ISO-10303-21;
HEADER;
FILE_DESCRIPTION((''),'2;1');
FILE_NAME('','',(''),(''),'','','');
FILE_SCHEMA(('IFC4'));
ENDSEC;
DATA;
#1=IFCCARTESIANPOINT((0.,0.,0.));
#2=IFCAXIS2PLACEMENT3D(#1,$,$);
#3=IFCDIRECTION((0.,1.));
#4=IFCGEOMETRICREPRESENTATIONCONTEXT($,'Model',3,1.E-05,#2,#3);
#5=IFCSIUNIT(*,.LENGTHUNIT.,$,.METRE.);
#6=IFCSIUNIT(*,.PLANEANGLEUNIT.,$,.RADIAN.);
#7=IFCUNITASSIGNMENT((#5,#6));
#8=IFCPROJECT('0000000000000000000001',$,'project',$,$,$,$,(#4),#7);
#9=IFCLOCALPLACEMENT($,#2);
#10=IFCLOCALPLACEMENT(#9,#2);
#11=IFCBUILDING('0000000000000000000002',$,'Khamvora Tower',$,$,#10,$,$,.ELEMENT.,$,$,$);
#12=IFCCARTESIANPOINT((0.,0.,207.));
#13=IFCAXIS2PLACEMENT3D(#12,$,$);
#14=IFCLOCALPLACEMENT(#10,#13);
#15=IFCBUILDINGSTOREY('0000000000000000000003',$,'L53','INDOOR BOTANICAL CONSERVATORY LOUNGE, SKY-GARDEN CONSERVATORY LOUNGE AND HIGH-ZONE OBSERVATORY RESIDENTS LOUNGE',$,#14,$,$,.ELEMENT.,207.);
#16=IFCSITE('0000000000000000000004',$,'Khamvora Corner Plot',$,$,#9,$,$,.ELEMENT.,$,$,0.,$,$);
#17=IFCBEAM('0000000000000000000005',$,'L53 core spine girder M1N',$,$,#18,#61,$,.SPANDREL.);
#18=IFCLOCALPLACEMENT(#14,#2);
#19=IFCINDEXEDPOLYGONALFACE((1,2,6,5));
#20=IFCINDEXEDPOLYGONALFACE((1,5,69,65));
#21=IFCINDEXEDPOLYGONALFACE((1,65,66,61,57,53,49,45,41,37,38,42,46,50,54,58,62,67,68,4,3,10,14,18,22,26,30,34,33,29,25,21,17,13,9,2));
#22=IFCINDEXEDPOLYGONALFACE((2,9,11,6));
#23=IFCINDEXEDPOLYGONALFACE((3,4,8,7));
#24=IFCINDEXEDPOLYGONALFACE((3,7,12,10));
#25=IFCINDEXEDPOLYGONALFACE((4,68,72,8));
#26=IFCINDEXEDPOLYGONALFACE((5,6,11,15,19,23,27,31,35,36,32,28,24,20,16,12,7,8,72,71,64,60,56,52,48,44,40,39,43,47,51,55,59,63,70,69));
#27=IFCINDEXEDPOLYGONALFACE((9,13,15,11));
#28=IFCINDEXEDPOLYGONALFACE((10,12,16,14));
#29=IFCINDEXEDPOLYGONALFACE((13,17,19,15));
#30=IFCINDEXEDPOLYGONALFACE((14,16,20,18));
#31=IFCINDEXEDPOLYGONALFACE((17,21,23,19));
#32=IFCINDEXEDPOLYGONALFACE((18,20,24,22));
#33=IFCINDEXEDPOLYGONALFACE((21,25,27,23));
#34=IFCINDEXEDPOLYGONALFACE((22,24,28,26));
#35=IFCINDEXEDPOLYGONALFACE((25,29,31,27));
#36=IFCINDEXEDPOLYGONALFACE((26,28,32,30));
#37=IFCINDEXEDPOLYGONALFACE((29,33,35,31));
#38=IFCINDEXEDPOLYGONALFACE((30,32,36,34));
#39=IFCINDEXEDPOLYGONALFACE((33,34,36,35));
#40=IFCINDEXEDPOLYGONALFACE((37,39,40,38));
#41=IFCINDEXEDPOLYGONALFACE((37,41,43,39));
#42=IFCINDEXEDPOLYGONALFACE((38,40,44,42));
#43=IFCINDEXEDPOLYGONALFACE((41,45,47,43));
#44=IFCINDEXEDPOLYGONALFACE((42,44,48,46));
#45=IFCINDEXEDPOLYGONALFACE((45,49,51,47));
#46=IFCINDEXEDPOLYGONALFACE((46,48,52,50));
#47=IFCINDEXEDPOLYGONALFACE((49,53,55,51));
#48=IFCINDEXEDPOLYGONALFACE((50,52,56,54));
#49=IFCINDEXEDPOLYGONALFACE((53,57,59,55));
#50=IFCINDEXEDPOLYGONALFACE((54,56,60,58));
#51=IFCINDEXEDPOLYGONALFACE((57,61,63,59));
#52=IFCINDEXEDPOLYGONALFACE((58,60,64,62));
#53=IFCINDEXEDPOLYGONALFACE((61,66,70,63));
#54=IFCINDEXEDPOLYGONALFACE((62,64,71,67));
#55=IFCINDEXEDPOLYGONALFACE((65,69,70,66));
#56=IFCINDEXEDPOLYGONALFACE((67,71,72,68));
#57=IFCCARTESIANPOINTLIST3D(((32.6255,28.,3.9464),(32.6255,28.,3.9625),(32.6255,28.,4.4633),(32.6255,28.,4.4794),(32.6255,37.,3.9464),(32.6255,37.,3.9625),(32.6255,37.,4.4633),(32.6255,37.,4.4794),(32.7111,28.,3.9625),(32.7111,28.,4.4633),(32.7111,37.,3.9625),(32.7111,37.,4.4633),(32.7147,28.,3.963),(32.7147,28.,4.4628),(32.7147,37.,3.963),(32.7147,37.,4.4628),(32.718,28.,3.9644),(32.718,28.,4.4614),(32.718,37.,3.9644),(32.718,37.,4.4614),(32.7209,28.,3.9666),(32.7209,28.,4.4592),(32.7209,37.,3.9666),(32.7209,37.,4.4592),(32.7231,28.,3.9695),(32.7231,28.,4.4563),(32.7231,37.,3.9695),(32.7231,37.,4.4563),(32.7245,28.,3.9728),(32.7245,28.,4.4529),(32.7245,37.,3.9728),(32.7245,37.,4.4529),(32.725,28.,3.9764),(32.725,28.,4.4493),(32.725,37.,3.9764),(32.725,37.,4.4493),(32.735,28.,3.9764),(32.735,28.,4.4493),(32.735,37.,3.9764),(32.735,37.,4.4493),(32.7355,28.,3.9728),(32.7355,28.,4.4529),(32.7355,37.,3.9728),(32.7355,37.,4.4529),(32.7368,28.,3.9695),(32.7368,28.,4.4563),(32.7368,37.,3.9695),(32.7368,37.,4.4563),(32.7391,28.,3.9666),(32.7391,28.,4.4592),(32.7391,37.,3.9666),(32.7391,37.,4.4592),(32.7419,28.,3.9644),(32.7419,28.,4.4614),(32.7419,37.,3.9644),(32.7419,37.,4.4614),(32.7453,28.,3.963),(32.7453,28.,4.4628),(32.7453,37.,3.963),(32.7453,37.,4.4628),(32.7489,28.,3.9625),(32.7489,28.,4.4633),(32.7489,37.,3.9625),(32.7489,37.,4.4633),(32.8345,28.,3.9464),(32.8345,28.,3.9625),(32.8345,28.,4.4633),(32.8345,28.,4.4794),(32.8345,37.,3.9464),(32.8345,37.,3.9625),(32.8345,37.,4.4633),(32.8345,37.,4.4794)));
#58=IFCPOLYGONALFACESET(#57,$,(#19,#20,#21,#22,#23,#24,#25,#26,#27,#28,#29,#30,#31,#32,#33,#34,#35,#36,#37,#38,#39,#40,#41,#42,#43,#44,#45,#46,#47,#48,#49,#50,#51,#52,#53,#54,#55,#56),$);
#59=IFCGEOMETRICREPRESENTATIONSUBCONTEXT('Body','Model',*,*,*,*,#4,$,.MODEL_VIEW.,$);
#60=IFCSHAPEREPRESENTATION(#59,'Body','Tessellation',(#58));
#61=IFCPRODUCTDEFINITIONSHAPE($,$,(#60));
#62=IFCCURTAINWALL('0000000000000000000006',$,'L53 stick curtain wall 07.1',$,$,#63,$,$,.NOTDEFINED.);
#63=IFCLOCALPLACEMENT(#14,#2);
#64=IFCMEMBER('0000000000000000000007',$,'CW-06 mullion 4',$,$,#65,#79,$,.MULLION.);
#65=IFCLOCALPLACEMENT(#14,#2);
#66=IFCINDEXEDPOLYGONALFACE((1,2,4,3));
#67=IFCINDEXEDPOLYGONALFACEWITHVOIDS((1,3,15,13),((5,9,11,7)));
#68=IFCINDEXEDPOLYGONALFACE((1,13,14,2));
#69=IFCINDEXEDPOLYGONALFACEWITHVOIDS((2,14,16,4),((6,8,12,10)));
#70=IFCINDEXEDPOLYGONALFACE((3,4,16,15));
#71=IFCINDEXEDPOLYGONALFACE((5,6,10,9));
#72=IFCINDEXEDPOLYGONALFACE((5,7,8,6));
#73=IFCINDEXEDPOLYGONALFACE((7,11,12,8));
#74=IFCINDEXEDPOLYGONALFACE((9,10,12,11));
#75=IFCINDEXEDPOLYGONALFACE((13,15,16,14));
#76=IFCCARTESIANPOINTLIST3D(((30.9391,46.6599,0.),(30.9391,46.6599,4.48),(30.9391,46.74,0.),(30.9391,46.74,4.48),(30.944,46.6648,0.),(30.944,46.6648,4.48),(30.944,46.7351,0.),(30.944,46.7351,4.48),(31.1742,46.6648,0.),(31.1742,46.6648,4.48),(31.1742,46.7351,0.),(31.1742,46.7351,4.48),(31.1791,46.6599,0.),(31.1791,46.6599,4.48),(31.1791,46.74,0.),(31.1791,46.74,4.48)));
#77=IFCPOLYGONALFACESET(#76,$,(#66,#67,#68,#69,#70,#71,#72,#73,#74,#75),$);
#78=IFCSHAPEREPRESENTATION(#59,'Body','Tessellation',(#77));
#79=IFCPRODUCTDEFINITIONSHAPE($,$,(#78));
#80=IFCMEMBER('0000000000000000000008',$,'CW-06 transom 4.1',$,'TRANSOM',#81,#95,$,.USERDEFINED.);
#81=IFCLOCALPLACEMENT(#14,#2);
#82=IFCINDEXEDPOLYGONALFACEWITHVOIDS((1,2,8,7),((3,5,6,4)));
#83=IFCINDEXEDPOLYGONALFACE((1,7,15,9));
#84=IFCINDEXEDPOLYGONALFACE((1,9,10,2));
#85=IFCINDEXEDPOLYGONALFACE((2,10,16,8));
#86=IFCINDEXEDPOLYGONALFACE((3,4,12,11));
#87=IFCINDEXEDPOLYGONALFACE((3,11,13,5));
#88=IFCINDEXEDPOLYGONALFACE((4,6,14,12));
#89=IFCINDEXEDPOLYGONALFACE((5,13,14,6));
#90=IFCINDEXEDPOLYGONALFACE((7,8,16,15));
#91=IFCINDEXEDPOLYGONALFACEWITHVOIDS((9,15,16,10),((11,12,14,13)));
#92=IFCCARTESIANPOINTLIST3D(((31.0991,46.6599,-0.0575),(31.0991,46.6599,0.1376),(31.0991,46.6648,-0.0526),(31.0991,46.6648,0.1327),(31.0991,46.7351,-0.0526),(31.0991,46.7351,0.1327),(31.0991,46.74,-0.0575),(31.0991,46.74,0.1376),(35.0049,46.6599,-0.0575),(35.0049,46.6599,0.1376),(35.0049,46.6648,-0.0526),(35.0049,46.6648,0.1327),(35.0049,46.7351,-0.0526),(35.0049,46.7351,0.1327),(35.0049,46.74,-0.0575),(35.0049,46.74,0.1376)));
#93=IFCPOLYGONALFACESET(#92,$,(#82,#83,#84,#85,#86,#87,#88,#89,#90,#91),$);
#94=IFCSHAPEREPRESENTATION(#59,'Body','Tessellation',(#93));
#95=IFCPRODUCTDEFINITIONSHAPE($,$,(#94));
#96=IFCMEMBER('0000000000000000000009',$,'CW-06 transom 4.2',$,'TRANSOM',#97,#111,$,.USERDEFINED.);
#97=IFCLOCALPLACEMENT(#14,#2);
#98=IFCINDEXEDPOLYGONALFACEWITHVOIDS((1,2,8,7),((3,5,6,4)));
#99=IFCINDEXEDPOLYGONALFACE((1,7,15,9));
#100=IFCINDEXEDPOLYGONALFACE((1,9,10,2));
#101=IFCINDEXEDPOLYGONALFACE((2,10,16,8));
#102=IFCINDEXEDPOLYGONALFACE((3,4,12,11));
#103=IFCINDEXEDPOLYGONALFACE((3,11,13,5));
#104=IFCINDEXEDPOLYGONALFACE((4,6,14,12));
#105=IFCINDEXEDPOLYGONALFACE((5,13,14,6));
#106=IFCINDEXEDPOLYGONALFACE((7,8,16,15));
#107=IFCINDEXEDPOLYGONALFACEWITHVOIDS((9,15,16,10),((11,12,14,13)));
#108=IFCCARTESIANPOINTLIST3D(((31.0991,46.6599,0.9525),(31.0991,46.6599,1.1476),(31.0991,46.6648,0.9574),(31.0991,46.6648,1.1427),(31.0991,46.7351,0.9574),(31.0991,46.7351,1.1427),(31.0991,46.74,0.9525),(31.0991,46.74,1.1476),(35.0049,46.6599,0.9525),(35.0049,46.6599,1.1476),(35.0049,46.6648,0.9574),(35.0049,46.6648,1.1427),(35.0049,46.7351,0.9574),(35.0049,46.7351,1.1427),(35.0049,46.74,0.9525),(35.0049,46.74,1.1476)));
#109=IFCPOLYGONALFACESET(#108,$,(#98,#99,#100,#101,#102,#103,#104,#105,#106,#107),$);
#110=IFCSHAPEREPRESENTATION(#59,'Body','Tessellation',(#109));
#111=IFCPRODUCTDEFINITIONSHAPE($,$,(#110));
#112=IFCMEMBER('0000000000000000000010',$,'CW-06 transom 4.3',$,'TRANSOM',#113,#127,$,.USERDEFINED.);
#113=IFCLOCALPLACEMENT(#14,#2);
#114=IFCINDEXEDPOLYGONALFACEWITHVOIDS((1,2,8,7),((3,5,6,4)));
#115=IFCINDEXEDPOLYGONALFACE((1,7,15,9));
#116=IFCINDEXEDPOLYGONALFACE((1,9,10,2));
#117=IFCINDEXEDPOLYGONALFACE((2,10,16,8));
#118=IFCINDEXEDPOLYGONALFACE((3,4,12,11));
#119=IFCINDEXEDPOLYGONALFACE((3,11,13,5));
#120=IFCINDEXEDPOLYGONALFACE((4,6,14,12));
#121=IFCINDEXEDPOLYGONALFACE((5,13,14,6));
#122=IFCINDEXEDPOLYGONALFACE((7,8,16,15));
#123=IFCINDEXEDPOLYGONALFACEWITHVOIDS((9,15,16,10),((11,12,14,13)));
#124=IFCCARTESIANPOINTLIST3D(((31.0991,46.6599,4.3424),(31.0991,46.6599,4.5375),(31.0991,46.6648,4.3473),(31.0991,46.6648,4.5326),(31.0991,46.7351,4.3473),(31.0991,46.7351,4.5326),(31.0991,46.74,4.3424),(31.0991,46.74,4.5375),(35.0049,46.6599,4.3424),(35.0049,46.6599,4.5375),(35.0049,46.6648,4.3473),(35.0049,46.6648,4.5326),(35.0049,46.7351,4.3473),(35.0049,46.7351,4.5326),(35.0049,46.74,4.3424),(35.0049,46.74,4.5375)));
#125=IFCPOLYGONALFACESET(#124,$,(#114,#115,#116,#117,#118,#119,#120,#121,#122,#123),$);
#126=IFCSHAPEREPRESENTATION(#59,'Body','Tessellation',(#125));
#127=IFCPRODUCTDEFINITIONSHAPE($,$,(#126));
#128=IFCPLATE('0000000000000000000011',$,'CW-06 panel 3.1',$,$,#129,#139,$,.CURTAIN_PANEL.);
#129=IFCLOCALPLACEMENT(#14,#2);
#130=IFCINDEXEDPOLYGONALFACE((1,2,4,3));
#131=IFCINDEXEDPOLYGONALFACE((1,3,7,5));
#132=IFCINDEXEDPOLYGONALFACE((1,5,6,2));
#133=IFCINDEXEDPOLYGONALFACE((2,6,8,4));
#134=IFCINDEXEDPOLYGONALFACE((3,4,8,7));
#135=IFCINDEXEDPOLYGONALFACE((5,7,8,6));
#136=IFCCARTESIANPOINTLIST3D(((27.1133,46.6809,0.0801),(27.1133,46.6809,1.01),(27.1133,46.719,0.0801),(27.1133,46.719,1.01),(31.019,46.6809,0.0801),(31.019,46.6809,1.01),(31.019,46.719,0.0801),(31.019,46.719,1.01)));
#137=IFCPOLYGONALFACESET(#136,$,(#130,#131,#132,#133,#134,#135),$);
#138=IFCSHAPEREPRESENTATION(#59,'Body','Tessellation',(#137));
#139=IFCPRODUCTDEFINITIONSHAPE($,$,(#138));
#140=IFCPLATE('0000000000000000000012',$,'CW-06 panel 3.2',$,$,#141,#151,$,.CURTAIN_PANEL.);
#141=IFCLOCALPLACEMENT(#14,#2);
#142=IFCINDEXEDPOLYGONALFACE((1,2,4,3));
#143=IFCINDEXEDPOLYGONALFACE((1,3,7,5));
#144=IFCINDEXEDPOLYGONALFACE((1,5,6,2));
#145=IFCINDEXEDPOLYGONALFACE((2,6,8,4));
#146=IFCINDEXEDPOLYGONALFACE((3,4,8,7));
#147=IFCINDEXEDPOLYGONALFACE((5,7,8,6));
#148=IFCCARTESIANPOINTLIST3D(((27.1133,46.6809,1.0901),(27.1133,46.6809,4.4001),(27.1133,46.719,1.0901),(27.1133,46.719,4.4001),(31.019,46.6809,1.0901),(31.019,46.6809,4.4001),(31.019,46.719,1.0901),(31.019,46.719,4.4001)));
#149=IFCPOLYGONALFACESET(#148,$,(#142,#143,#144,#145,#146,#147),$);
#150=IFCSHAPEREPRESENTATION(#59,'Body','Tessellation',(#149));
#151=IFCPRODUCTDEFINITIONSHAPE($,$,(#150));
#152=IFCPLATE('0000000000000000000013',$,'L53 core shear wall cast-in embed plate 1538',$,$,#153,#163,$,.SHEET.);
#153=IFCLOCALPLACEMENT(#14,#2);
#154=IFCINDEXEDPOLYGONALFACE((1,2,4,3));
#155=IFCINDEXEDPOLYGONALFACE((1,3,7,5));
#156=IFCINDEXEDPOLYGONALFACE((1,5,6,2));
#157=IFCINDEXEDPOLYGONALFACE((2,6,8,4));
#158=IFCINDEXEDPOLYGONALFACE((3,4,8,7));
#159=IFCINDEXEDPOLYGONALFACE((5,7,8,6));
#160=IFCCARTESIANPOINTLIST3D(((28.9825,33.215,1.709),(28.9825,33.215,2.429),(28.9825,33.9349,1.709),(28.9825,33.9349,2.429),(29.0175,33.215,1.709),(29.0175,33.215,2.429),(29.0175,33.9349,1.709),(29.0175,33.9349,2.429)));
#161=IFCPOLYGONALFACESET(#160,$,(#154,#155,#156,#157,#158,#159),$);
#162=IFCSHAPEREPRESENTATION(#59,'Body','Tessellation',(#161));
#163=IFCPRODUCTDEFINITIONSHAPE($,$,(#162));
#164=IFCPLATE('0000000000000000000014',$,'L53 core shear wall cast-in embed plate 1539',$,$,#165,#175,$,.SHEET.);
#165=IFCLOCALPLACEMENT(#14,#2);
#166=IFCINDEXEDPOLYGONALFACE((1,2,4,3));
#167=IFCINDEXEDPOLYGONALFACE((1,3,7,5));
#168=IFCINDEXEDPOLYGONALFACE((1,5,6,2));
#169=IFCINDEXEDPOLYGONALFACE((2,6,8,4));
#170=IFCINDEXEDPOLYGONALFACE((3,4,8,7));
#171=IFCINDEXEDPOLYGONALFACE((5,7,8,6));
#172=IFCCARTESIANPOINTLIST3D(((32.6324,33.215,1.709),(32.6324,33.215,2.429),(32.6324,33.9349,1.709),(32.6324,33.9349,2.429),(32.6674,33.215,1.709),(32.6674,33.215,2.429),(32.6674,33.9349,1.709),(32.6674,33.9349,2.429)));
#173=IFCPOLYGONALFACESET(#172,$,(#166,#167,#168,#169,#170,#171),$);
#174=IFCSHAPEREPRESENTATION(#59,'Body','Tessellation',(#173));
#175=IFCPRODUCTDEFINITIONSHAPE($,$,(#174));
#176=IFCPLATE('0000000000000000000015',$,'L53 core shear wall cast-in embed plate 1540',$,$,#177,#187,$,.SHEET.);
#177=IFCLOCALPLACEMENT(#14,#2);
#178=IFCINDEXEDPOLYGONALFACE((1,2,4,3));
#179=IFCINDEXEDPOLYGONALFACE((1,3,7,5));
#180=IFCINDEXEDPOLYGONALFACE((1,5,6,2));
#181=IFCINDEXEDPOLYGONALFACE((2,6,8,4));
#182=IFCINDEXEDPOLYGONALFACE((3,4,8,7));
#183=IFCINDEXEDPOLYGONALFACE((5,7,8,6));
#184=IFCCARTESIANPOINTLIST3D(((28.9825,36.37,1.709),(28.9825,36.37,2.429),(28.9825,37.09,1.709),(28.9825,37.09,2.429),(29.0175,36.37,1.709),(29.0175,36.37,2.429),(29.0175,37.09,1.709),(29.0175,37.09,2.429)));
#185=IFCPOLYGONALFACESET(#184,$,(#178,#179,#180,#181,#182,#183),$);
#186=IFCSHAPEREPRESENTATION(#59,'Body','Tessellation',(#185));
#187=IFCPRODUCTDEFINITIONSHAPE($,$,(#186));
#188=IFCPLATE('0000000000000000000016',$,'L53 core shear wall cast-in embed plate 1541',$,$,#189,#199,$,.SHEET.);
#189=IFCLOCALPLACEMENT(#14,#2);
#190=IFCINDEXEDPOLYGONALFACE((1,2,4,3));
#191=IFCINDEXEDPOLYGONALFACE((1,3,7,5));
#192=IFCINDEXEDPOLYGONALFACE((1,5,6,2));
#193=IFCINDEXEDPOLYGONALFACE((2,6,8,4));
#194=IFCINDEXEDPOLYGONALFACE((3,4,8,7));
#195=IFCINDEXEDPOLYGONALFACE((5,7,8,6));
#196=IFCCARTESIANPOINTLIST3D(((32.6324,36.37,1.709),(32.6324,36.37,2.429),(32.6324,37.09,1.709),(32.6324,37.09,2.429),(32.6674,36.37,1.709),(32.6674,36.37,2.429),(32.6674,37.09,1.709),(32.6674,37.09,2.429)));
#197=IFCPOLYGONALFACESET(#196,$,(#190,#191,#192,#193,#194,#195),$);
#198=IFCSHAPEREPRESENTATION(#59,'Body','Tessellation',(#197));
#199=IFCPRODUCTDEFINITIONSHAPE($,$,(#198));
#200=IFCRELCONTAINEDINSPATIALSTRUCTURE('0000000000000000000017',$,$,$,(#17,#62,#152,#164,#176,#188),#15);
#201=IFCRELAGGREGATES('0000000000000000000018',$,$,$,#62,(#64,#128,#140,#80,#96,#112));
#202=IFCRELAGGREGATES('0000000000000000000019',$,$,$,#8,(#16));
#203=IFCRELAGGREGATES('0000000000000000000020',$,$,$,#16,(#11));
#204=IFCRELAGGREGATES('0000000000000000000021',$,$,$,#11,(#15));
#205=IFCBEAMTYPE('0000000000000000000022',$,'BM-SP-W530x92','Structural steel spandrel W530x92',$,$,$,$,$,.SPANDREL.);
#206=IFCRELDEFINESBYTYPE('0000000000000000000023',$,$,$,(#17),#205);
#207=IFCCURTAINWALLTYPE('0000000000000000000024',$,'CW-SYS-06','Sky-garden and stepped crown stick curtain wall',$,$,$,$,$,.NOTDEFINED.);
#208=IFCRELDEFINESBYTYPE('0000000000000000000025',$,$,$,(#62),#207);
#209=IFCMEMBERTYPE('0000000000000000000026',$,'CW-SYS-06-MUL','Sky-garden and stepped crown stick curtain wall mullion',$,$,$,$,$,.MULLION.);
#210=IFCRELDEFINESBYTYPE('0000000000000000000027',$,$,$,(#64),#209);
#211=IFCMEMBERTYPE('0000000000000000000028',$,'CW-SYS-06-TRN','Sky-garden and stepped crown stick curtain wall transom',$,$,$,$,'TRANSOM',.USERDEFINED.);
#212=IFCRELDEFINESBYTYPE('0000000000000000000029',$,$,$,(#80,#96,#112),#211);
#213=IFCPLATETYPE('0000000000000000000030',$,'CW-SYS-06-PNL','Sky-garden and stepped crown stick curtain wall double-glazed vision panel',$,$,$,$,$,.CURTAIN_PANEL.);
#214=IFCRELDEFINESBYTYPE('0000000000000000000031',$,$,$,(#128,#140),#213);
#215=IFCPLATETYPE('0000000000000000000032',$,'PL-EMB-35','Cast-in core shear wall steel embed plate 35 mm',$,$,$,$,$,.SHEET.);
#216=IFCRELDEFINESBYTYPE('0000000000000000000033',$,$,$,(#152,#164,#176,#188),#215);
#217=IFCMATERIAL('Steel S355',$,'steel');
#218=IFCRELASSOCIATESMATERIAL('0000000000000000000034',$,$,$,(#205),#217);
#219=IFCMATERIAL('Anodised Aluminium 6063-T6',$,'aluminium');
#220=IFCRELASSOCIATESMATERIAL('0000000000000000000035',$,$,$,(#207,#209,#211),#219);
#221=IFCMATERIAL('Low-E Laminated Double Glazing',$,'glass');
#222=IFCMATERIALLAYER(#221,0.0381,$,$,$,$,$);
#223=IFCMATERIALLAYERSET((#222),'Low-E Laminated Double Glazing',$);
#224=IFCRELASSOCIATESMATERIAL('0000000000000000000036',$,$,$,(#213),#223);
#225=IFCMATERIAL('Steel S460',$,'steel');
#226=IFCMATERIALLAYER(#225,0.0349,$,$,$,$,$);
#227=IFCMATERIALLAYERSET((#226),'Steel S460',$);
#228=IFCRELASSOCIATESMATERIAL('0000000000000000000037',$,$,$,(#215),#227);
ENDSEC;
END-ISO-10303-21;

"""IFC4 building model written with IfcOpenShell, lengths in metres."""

from ifc_helpers import new_model, si_unit, direction, frame, origin, origin_2d, place, context, subcontext, project, spatial, rectangle, hollow_rectangle, i_section, extrude, material, layer, layer_set, material_profile, profile_set, type_object, element, aggregate, save


model = new_model("IFC4")

# Units and contexts
model_context = context("Model", 3, precision=1e-05, world=origin(), true_north=direction((0.0, 1.0)))
body_context = subcontext(model_context, "Body", "Model", "MODEL_VIEW")
ifc_project = project(units=[si_unit("LENGTHUNIT", "METRE"), si_unit("PLANEANGLEUNIT", "RADIAN")], contexts=[model_context])

# Site, building, storey
site_placement = place(None, origin())
site = spatial("IfcSite", under=ifc_project, at=site_placement, Name="Khamvora Corner Plot", CompositionType="ELEMENT", RefElevation=0.0)
building_placement = place(site_placement, origin())
building = spatial("IfcBuilding", under=site, at=building_placement, Name="Khamvora Tower", CompositionType="ELEMENT")
storey_placement = place(building_placement, frame((0.0, 0.0, 207.0)))
storey = spatial("IfcBuildingStorey", under=building, at=storey_placement, Name="L53", Description="INDOOR BOTANICAL CONSERVATORY LOUNGE, SKY-GARDEN CONSERVATORY LOUNGE AND HIGH-ZONE OBSERVATORY RESIDENTS LOUNGE", CompositionType="ELEMENT", Elevation=207.0)

# Shared definitions
ifc_material_1 = material(Name="Steel S460", Category="steel")

# Beam
ifc_material_2 = material(Name="Steel S355", Category="steel")
ifc_material_profile_1 = material_profile(ifc_material_2, i_section(OverallWidth=0.209, OverallDepth=0.533, WebThickness=0.01, FlangeThickness=0.0161, FilletRadius=0.0139, at=origin_2d()), Name="W530x92")
ifc_profile_set_1 = profile_set([ifc_material_profile_1], Name="Steel S355")
beam_type_1 = type_object("IfcBeamType", Name="BM-SP-W530x92", Description="Structural steel spandrel W530x92", PredefinedType="SPANDREL", material=ifc_profile_set_1)
beam_1_placement = place(storey_placement, frame((32.73, 28.0, 4.2129), z_axis=(0.0, 1.0, 0.0), x_axis=(-1.0, 0.0, 0.0)))
element("IfcBeam", 1, at=beam_1_placement, inside=storey, type_object=beam_type_1, Name="L53 core spine girder M1N", PredefinedType="SPANDREL", context=body_context, shape_type="SweptSolid", body=[
    extrude(i_section(OverallWidth=0.209, OverallDepth=0.533, WebThickness=0.01, FlangeThickness=0.0161, FilletRadius=0.0139, at=origin_2d()), origin(), (0.0, 0.0, 1.0), 9.0),
])

# Curtain wall, members, plates
ifc_material_3 = material(Name="Anodised Aluminium 6063-T6", Category="aluminium")
curtain_wall_type = type_object("IfcCurtainWallType", Name="CW-SYS-06", Description="Sky-garden and stepped crown stick curtain wall", PredefinedType="NOTDEFINED", material=ifc_material_3)
curtain_wall_placement = place(storey_placement, origin())
curtain_wall = element("IfcCurtainWall", 2, at=curtain_wall_placement, inside=storey, type_object=curtain_wall_type, Name="L53 stick curtain wall 07.1", PredefinedType="NOTDEFINED")
ifc_material_profile_2 = material_profile(ifc_material_3, hollow_rectangle(XDim=0.0801, YDim=0.24, WallThickness=0.0049, at=origin_2d()), Name="MUL80x240x5")
ifc_profile_set_2 = profile_set([ifc_material_profile_2], Name="Anodised Aluminium 6063-T6")
member_type_1 = type_object("IfcMemberType", Name="CW-SYS-06-MUL", Description="Sky-garden and stepped crown stick curtain wall mullion", PredefinedType="MULLION", material=ifc_profile_set_2)
member_1_placement = place(storey_placement, frame((31.0591, 46.7, 0.0), z_axis=(0.0, 0.0, 1.0), x_axis=(0.0, 1.0, 0.0)))
member_1 = element("IfcMember", 3, at=member_1_placement, type_object=member_type_1, Name="CW-06 mullion 4", PredefinedType="MULLION", context=body_context, shape_type="SweptSolid", body=[
    extrude(hollow_rectangle(XDim=0.0801, YDim=0.24, WallThickness=0.0049, at=origin_2d()), origin(), (0.0, 0.0, 1.0), 4.48),
])
ifc_material_profile_3 = material_profile(ifc_material_3, hollow_rectangle(XDim=0.0801, YDim=0.1951, WallThickness=0.0049, at=origin_2d()), Name="TRN80x195x5")
ifc_profile_set_3 = profile_set([ifc_material_profile_3], Name="Anodised Aluminium 6063-T6")
member_type_2 = type_object("IfcMemberType", Name="CW-SYS-06-TRN", Description="Sky-garden and stepped crown stick curtain wall transom", ElementType="TRANSOM", PredefinedType="USERDEFINED", material=ifc_profile_set_3)
member_2_placement = place(storey_placement, frame((31.0991, 46.7, 0.04), z_axis=(1.0, 0.0, 0.0), x_axis=(0.0, 1.0, 0.0)))
member_2 = element("IfcMember", 4, at=member_2_placement, type_object=member_type_2, Name="CW-06 transom 4.1", ObjectType="TRANSOM", PredefinedType="USERDEFINED", context=body_context, shape_type="SweptSolid", body=[
    extrude(hollow_rectangle(XDim=0.0801, YDim=0.1951, WallThickness=0.0049, at=origin_2d()), origin(), (0.0, 0.0, 1.0), 3.9058),
])
member_3_placement = place(storey_placement, frame((31.0991, 46.7, 1.05), z_axis=(1.0, 0.0, 0.0), x_axis=(0.0, 1.0, 0.0)))
member_3 = element("IfcMember", 5, at=member_3_placement, type_object=member_type_2, Name="CW-06 transom 4.2", ObjectType="TRANSOM", PredefinedType="USERDEFINED", context=body_context, shape_type="SweptSolid", body=[
    extrude(hollow_rectangle(XDim=0.0801, YDim=0.1951, WallThickness=0.0049, at=origin_2d()), origin(), (0.0, 0.0, 1.0), 3.9058),
])
member_4_placement = place(storey_placement, frame((31.0991, 46.7, 4.4399), z_axis=(1.0, 0.0, 0.0), x_axis=(0.0, 1.0, 0.0)))
member_4 = element("IfcMember", 6, at=member_4_placement, type_object=member_type_2, Name="CW-06 transom 4.3", ObjectType="TRANSOM", PredefinedType="USERDEFINED", context=body_context, shape_type="SweptSolid", body=[
    extrude(hollow_rectangle(XDim=0.0801, YDim=0.1951, WallThickness=0.0049, at=origin_2d()), origin(), (0.0, 0.0, 1.0), 3.9058),
])
ifc_material_4 = material(Name="Low-E Laminated Double Glazing", Category="glass")
ifc_layer_1 = layer(ifc_material_4, 0.0381)
ifc_layer_set_1 = layer_set([ifc_layer_1], Name="Low-E Laminated Double Glazing")
plate_type_1 = type_object("IfcPlateType", Name="CW-SYS-06-PNL", Description="Sky-garden and stepped crown stick curtain wall double-glazed vision panel", PredefinedType="CURTAIN_PANEL", material=ifc_layer_set_1)
plate_1_placement = place(storey_placement, frame((29.0662, 46.7, 0.0801), z_axis=(0.0, 0.0, 1.0), x_axis=(1.0, 0.0, 0.0)))
plate_1 = element("IfcPlate", 7, at=plate_1_placement, type_object=plate_type_1, Name="CW-06 panel 3.1", PredefinedType="CURTAIN_PANEL", context=body_context, shape_type="SweptSolid", body=[
    extrude(rectangle(XDim=3.9058, YDim=0.0381, at=origin_2d()), origin(), (0.0, 0.0, 1.0), 0.9299),
])
plate_2_placement = place(storey_placement, frame((29.0662, 46.7, 1.0901), z_axis=(0.0, 0.0, 1.0), x_axis=(1.0, 0.0, 0.0)))
plate_2 = element("IfcPlate", 8, at=plate_2_placement, type_object=plate_type_1, Name="CW-06 panel 3.2", PredefinedType="CURTAIN_PANEL", context=body_context, shape_type="SweptSolid", body=[
    extrude(rectangle(XDim=3.9058, YDim=0.0381, at=origin_2d()), origin(), (0.0, 0.0, 1.0), 3.3101),
])
aggregate(curtain_wall, [member_1, plate_1, plate_2, member_2, member_3, member_4])

# Plates
ifc_layer_2 = layer(ifc_material_1, 0.0349)
ifc_layer_set_2 = layer_set([ifc_layer_2], Name="Steel S460")
plate_type_2 = type_object("IfcPlateType", Name="PL-EMB-35", Description="Cast-in core shear wall steel embed plate 35 mm", PredefinedType="SHEET", material=ifc_layer_set_2)
for number, where, z_axis, x_axis, name in (
    (9, (29.0, 33.575, 1.709), (0.0, 0.0, 1.0), (1.0, 0.0, 0.0), "L53 core shear wall cast-in embed plate 1538"),
    (10, (32.6499, 33.575, 1.709), (0.0, 0.0, 1.0), (1.0, 0.0, 0.0), "L53 core shear wall cast-in embed plate 1539"),
    (11, (29.0, 36.73, 1.709), (0.0, 0.0, 1.0), (1.0, 0.0, 0.0), "L53 core shear wall cast-in embed plate 1540"),
    (12, (32.6499, 36.73, 1.709), (0.0, 0.0, 1.0), (1.0, 0.0, 0.0), "L53 core shear wall cast-in embed plate 1541"),
):
    element("IfcPlate", number, at=place(storey_placement, frame(where, z_axis=z_axis, x_axis=x_axis)), inside=storey, type_object=plate_type_2, Name=name, PredefinedType="SHEET", context=body_context, shape_type="SweptSolid", body=[
        extrude(rectangle(XDim=0.0349, YDim=0.72, at=origin_2d()), origin(), (0.0, 0.0, 1.0), 0.72),
    ])

save(model, "model.ifc")
